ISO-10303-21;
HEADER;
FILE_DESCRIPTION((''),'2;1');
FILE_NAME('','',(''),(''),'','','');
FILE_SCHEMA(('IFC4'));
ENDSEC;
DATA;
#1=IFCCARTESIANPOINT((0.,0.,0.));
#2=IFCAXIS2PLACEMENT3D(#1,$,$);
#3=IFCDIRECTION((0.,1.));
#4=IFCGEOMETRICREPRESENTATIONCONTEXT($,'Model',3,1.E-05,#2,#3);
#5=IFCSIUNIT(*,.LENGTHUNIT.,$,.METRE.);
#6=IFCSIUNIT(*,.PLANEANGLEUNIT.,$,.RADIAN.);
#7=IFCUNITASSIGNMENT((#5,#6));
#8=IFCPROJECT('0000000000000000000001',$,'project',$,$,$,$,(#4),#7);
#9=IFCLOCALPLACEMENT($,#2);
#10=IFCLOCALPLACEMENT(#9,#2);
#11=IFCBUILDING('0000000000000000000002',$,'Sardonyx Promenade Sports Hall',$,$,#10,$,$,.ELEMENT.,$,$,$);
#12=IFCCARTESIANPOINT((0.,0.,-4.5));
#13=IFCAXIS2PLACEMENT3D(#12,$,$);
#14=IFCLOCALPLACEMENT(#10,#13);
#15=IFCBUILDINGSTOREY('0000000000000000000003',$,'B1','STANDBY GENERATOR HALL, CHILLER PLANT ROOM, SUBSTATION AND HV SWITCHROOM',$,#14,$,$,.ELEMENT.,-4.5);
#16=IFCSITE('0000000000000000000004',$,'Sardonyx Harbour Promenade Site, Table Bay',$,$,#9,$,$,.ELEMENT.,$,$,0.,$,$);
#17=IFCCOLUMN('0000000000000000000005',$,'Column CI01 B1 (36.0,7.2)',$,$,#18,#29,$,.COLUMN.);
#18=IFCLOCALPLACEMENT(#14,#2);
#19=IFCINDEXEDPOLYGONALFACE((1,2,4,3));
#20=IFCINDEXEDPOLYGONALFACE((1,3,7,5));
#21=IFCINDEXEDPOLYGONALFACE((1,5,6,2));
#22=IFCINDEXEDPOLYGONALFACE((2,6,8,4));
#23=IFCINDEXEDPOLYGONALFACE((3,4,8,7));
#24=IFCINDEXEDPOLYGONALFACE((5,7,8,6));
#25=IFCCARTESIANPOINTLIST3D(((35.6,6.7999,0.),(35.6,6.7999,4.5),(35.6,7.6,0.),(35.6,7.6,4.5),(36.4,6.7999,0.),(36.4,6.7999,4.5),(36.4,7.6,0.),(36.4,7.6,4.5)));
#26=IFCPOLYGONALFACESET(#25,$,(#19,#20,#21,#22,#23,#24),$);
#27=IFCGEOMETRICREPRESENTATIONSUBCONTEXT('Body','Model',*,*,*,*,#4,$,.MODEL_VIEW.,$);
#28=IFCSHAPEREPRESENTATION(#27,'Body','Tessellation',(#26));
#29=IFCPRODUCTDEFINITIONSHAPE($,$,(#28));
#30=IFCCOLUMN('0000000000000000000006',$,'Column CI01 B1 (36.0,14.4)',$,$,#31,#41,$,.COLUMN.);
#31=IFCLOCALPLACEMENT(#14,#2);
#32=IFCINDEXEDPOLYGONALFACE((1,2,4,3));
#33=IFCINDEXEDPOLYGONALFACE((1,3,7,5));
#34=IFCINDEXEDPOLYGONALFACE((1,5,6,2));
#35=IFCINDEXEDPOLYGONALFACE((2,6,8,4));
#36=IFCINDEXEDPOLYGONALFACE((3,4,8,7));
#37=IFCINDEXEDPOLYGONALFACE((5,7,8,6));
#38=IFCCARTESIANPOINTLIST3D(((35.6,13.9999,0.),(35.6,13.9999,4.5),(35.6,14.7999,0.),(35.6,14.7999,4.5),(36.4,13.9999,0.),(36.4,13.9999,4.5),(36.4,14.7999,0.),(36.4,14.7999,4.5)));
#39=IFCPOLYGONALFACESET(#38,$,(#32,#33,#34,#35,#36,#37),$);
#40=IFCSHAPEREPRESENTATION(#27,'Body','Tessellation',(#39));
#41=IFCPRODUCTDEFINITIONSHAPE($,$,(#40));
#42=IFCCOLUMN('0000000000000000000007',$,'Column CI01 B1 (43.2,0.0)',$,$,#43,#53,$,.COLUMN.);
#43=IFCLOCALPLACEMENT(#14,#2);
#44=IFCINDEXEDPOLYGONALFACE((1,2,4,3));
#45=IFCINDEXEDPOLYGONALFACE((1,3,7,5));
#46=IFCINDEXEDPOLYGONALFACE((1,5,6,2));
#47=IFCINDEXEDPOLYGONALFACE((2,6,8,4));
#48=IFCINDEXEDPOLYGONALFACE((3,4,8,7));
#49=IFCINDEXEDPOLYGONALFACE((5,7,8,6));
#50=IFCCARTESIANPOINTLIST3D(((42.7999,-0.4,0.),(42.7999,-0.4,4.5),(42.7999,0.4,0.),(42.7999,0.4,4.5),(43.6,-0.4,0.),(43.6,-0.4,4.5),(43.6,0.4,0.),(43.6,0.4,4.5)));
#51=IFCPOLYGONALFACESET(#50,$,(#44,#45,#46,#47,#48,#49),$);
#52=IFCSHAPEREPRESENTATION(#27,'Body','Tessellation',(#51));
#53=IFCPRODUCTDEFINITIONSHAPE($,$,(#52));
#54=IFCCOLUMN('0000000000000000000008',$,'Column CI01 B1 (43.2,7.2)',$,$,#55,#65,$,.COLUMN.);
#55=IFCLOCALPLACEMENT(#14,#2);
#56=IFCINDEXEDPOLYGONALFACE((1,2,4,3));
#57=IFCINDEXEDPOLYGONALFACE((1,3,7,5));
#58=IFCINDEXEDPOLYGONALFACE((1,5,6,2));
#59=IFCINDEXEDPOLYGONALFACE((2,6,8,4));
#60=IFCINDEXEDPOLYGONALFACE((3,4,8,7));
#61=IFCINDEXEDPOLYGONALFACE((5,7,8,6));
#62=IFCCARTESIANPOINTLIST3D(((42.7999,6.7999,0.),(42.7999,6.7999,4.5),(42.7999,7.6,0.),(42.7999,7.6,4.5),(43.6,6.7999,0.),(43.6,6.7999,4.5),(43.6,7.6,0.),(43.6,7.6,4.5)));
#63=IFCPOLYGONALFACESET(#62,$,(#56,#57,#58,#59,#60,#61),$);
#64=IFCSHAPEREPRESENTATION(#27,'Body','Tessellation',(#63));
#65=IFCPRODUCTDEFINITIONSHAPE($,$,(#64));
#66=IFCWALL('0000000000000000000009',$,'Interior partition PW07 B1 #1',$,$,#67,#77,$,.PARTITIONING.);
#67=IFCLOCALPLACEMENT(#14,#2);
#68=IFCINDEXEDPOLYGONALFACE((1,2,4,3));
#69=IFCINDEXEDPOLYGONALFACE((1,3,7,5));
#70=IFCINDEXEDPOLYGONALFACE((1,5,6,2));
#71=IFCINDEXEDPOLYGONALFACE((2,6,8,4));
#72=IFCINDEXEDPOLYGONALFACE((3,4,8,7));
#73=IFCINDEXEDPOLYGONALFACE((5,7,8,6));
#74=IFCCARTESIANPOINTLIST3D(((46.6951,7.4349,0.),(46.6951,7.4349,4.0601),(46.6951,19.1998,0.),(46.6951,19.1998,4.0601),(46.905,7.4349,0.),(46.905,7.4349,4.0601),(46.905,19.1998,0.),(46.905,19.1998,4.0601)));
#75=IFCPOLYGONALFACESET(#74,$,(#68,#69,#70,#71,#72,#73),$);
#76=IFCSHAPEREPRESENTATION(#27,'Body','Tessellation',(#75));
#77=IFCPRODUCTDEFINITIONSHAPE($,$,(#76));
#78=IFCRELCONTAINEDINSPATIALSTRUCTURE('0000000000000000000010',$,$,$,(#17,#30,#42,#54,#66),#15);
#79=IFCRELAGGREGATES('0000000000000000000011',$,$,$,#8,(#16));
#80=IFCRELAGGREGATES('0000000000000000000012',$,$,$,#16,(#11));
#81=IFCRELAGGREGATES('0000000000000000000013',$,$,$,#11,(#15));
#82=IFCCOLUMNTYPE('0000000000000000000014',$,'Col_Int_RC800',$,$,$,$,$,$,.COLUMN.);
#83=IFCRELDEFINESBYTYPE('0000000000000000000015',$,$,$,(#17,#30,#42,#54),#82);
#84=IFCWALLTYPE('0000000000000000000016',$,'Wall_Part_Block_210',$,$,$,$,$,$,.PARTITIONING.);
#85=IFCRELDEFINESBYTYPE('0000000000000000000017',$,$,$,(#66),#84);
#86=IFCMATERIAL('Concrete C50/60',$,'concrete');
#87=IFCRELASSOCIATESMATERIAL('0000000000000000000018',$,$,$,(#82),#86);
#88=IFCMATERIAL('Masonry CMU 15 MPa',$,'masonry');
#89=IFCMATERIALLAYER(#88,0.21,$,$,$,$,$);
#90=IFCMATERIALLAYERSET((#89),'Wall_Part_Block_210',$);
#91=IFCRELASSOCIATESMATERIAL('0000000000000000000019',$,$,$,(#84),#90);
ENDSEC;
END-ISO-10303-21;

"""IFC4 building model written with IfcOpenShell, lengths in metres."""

from ifc_helpers import new_model, si_unit, direction, frame, frame_2d, origin, origin_2d, place, context, subcontext, project, spatial, rectangle, extrude, material, layer, layer_set, material_profile, profile_set, type_object, element, save


model = new_model("IFC4")

# Units and contexts
model_context = context("Model", 3, precision=1e-05, world=origin(), true_north=direction((0.0, 1.0)))
body_context = subcontext(model_context, "Body", "Model", "MODEL_VIEW")
ifc_project = project(units=[si_unit("LENGTHUNIT", "METRE"), si_unit("PLANEANGLEUNIT", "RADIAN")], contexts=[model_context])

# Site, building, storey
site_placement = place(None, origin())
site = spatial("IfcSite", under=ifc_project, at=site_placement, Name="Sardonyx Harbour Promenade Site, Table Bay", CompositionType="ELEMENT", RefElevation=0.0)
building_placement = place(site_placement, origin())
building = spatial("IfcBuilding", under=site, at=building_placement, Name="Sardonyx Promenade Sports Hall", CompositionType="ELEMENT")
storey_placement = place(building_placement, frame((0.0, 0.0, -4.5)))
storey = spatial("IfcBuildingStorey", under=building, at=storey_placement, Name="B1", Description="STANDBY GENERATOR HALL, CHILLER PLANT ROOM, SUBSTATION AND HV SWITCHROOM", CompositionType="ELEMENT", Elevation=-4.5)

# Columns
ifc_material_1 = material(Name="Concrete C50/60", Category="concrete")
ifc_material_profile_1 = material_profile(ifc_material_1, rectangle(XDim=0.8, YDim=0.8, at=origin_2d()))
ifc_profile_set_1 = profile_set([ifc_material_profile_1], Name="Concrete C50/60")
column_type_1 = type_object("IfcColumnType", Name="Col_Int_RC800", PredefinedType="COLUMN", material=ifc_profile_set_1)
for number, where, z_axis, x_axis, name in (
    (1, (36.0, 7.2, 0.0), (0.0, 0.0, 1.0), (1.0, 0.0, 0.0), "Column CI01 B1 (36.0,7.2)"),
    (2, (36.0, 14.3999, 0.0), (0.0, 0.0, 1.0), (1.0, 0.0, 0.0), "Column CI01 B1 (36.0,14.4)"),
    (3, (43.2, 0.0, 0.0), (0.0, 0.0, 1.0), (1.0, 0.0, 0.0), "Column CI01 B1 (43.2,0.0)"),
    (4, (43.2, 7.2, 0.0), (0.0, 0.0, 1.0), (1.0, 0.0, 0.0), "Column CI01 B1 (43.2,7.2)"),
):
    element("IfcColumn", number, at=place(storey_placement, frame(where, z_axis=z_axis, x_axis=x_axis)), inside=storey, type_object=column_type_1, Name=name, PredefinedType="COLUMN", context=body_context, shape_type="SweptSolid", body=[
        extrude(rectangle(XDim=0.8, YDim=0.8, at=origin_2d()), origin(), (0.0, 0.0, 1.0), 4.5),
    ])

# Wall
ifc_material_2 = material(Name="Masonry CMU 15 MPa", Category="masonry")
ifc_layer = layer(ifc_material_2, 0.21)
ifc_layer_set = layer_set([ifc_layer], Name="Wall_Part_Block_210")
wall_type = type_object("IfcWallType", Name="Wall_Part_Block_210", PredefinedType="PARTITIONING", material=ifc_layer_set)
wall_placement = place(storey_placement, frame((46.8, 7.4351, 0.0), z_axis=(0.0, 0.0, 1.0), x_axis=(0.0, 1.0, 0.0)))
element("IfcWall", 5, at=wall_placement, inside=storey, type_object=wall_type, Name="Interior partition PW07 B1 #1", PredefinedType="PARTITIONING", context=body_context, shape_type="SweptSolid", body=[
    extrude(rectangle(XDim=11.7649, YDim=0.21, at=frame_2d((5.8823, 0.0))), origin(), (0.0, 0.0, 1.0), 4.0601),
])

save(model, "model.ifc")
